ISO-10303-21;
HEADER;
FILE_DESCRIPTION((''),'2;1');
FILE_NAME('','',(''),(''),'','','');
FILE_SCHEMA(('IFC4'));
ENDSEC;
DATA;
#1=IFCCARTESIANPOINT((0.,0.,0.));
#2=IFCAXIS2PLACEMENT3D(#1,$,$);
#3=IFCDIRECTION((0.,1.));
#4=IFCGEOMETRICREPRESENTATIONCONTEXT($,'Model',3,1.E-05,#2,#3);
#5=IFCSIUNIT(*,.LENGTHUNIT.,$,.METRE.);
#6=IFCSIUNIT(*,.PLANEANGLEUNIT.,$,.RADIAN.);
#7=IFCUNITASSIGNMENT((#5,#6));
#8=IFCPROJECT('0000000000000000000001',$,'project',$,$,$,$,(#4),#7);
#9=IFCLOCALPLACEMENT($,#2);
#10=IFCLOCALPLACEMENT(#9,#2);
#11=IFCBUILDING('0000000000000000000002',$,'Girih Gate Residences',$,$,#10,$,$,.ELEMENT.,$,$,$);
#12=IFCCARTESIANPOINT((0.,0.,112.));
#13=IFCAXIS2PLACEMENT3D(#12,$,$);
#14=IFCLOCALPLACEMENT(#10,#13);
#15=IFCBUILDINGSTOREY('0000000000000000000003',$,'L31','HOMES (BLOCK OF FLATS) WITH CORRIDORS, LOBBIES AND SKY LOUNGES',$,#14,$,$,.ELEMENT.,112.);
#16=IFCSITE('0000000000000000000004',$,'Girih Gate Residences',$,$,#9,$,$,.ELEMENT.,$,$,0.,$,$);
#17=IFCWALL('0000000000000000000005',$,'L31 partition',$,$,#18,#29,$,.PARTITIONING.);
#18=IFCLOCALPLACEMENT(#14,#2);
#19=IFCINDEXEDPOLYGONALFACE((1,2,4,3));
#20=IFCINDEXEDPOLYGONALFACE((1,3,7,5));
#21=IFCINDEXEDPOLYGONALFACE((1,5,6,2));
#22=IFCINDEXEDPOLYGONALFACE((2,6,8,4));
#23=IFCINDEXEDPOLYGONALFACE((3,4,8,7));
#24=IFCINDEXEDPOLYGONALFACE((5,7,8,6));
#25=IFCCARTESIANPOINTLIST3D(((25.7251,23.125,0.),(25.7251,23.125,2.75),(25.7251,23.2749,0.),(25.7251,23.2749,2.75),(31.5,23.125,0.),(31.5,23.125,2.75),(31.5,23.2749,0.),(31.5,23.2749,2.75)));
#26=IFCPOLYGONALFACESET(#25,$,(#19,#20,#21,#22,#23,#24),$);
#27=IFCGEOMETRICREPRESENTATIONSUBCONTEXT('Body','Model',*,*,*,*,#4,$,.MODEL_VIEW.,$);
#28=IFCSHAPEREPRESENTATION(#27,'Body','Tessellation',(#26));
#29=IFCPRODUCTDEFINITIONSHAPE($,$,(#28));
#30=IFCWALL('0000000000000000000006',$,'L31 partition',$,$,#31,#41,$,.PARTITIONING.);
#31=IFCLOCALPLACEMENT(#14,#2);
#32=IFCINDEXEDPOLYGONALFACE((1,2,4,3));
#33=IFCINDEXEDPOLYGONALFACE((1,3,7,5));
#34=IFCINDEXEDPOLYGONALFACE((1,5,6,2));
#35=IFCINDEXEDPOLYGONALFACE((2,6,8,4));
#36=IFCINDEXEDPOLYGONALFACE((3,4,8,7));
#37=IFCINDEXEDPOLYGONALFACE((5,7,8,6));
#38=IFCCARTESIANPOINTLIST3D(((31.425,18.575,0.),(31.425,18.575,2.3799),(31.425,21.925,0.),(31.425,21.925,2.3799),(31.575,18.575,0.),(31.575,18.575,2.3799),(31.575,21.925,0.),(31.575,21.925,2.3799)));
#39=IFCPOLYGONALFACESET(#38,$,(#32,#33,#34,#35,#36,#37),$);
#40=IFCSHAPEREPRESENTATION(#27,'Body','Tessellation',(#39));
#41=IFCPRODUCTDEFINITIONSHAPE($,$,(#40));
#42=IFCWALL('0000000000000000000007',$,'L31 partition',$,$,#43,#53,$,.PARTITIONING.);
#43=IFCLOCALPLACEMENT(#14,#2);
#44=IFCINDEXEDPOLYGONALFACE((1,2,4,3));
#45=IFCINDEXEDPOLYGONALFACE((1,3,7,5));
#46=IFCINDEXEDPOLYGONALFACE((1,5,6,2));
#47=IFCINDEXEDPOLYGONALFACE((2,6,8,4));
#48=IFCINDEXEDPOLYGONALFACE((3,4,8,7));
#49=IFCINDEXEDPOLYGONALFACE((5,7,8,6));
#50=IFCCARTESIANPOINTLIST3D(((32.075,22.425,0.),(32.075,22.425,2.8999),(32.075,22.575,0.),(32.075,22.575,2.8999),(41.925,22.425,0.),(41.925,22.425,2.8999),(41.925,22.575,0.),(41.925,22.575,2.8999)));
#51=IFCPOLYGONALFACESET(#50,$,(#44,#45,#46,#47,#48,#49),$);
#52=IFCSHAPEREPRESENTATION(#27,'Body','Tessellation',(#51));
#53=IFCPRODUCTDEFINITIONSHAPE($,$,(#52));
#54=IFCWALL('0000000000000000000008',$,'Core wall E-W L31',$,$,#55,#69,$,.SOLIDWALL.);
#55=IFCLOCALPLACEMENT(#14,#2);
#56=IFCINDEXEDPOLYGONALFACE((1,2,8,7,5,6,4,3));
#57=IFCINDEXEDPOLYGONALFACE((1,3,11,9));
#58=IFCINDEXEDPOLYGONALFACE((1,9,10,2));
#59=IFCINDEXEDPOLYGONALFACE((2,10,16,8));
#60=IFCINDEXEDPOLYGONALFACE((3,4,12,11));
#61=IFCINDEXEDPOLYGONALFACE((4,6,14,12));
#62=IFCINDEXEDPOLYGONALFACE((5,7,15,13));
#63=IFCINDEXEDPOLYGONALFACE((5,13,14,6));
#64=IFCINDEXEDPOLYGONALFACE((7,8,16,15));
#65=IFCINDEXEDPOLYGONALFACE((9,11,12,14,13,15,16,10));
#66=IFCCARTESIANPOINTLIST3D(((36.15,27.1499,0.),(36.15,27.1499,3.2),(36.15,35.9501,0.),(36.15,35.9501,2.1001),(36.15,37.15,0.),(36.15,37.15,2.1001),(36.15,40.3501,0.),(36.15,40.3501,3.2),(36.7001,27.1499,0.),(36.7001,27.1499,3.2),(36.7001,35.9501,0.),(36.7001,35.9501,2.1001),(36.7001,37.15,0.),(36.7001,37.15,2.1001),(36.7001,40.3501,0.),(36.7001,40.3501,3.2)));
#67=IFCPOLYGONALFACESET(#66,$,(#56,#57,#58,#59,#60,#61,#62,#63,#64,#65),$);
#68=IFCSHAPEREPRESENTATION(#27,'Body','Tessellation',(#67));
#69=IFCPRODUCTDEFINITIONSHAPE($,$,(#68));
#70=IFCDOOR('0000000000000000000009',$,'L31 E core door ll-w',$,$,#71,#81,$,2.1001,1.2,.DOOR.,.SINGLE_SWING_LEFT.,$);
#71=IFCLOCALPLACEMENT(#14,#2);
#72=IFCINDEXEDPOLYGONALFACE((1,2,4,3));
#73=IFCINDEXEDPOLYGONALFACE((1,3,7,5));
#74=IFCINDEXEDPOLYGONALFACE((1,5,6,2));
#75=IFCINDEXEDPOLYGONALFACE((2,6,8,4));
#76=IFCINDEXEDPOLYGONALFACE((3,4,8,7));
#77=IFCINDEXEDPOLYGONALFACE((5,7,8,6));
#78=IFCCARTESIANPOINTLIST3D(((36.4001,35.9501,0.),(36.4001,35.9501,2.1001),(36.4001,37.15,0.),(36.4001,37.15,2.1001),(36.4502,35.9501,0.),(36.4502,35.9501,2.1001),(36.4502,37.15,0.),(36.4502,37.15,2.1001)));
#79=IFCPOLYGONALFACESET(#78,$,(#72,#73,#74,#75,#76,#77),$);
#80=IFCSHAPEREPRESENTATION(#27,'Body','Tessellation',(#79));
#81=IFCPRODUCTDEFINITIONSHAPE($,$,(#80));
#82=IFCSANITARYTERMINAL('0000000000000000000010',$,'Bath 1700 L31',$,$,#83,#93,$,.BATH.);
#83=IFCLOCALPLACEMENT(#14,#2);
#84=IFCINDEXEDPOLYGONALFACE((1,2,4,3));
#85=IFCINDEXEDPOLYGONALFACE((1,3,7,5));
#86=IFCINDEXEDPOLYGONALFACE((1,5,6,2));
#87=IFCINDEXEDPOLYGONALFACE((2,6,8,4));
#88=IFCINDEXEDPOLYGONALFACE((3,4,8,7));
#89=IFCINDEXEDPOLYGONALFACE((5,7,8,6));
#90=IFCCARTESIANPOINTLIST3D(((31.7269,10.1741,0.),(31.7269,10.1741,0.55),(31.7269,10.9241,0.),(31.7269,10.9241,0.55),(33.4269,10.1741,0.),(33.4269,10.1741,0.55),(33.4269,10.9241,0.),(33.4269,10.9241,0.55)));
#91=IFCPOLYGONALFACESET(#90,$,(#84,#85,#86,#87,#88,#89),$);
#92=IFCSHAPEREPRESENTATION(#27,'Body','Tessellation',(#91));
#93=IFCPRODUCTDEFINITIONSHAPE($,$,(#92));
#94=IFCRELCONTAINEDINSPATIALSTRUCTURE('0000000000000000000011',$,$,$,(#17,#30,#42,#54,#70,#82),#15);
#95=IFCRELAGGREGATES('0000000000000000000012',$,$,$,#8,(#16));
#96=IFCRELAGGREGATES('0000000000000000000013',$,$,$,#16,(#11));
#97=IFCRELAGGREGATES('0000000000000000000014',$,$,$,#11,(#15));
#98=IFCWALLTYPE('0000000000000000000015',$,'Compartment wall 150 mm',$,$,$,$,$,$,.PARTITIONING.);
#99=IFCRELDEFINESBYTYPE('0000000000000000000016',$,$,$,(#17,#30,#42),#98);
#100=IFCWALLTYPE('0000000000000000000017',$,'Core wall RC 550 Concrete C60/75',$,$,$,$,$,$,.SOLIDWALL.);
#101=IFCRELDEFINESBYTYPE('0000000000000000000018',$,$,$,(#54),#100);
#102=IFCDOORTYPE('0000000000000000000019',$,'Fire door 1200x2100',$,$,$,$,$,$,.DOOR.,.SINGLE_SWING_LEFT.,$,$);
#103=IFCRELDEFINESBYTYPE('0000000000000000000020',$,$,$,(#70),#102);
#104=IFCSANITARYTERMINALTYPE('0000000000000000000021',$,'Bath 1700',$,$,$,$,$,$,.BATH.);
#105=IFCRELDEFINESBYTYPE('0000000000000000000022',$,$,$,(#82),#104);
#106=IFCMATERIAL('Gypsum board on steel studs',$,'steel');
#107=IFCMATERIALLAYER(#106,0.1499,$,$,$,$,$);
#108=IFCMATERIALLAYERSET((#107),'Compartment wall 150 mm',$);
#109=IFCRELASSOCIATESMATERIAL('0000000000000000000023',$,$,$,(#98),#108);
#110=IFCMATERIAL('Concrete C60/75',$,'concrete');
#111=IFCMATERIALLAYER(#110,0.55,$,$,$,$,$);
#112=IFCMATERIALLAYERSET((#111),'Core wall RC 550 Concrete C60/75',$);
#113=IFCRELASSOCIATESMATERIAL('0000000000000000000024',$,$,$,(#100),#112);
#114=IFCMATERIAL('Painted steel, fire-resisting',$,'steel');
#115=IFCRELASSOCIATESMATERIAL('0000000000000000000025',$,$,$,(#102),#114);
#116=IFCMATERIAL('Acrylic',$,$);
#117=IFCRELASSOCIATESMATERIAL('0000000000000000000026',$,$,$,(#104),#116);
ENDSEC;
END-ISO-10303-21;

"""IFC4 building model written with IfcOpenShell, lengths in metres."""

from ifc_helpers import new_model, si_unit, direction, frame, frame_2d, origin, origin_2d, place, context, subcontext, project, spatial, rectangle, extrude, material, layer, layer_set, type_object, element, fill, save


model = new_model("IFC4")

# Units and contexts
model_context = context("Model", 3, precision=1e-05, world=origin(), true_north=direction((0.0, 1.0)))
body_context = subcontext(model_context, "Body", "Model", "MODEL_VIEW")
ifc_project = project(units=[si_unit("LENGTHUNIT", "METRE"), si_unit("PLANEANGLEUNIT", "RADIAN")], contexts=[model_context])

# Site, building, storey
site_placement = place(None, origin())
site = spatial("IfcSite", under=ifc_project, at=site_placement, Name="Girih Gate Residences", CompositionType="ELEMENT", RefElevation=0.0)
building_placement = place(site_placement, origin())
building = spatial("IfcBuilding", under=site, at=building_placement, Name="Girih Gate Residences", CompositionType="ELEMENT")
storey_placement = place(building_placement, frame((0.0, 0.0, 112.0)))
storey = spatial("IfcBuildingStorey", under=building, at=storey_placement, Name="L31", Description="HOMES (BLOCK OF FLATS) WITH CORRIDORS, LOBBIES AND SKY LOUNGES", CompositionType="ELEMENT", Elevation=112.0)

# Shared definitions
ifc_material_1 = material(Name="Concrete C60/75", Category="concrete")

# Shared definitions
ifc_material_2 = material(Name="Gypsum board on steel studs", Category="steel")
ifc_layer_1 = layer(ifc_material_2, 0.1499)
ifc_layer_set_1 = layer_set([ifc_layer_1], Name="Compartment wall 150 mm")
wall_type_1 = type_object("IfcWallType", Name="Compartment wall 150 mm", PredefinedType="PARTITIONING", material=ifc_layer_set_1)

# Walls
wall_1_placement = place(storey_placement, frame((25.7251, 23.2, 0.0), z_axis=(0.0, 0.0, 1.0), x_axis=(1.0, 0.0, 0.0)))
element("IfcWall", 1, at=wall_1_placement, inside=storey, type_object=wall_type_1, Name="L31 partition", PredefinedType="PARTITIONING", context=body_context, shape_type="SweptSolid", body=[
    extrude(rectangle(XDim=5.7749, YDim=0.1499, at=frame_2d((2.8875, 0.0))), origin(), (0.0, 0.0, 1.0), 2.75),
])
wall_2_placement = place(storey_placement, frame((31.5, 18.575, 0.0), z_axis=(0.0, 0.0, 1.0), x_axis=(0.0, 1.0, 0.0)))
element("IfcWall", 2, at=wall_2_placement, inside=storey, type_object=wall_type_1, Name="L31 partition", PredefinedType="PARTITIONING", context=body_context, shape_type="SweptSolid", body=[
    extrude(rectangle(XDim=3.3501, YDim=0.1499, at=frame_2d((1.675, 0.0))), origin(), (0.0, 0.0, 1.0), 2.3799),
])
wall_3_placement = place(storey_placement, frame((32.075, 22.5, 0.0), z_axis=(0.0, 0.0, 1.0), x_axis=(1.0, 0.0, 0.0)))
element("IfcWall", 3, at=wall_3_placement, inside=storey, type_object=wall_type_1, Name="L31 partition", PredefinedType="PARTITIONING", context=body_context, shape_type="SweptSolid", body=[
    extrude(rectangle(XDim=9.8501, YDim=0.1499, at=frame_2d((4.925, 0.0))), origin(), (0.0, 0.0, 1.0), 2.8999),
])

# Wall, opening, door
ifc_layer_2 = layer(ifc_material_1, 0.55)
ifc_layer_set_2 = layer_set([ifc_layer_2], Name="Core wall RC 550 Concrete C60/75")
wall_type_2 = type_object("IfcWallType", Name="Core wall RC 550 Concrete C60/75", PredefinedType="SOLIDWALL", material=ifc_layer_set_2)
wall_4_placement = place(storey_placement, frame((36.425, 27.1499, 0.0), z_axis=(0.0, 0.0, 1.0), x_axis=(0.0, 1.0, 0.0)))
wall_4 = element("IfcWall", 4, at=wall_4_placement, inside=storey, type_object=wall_type_2, Name="Core wall E-W L31", PredefinedType="SOLIDWALL", context=body_context, shape_type="SweptSolid", body=[
    extrude(rectangle(XDim=13.2002, YDim=0.55, at=frame_2d((6.6001, 0.0))), origin(), (0.0, 0.0, 1.0), 3.2),
])
opening_1_placement = place(wall_4_placement, frame((8.8, 0.0, 0.0)))
opening_1 = element("IfcOpeningElement", 5, at=opening_1_placement, cuts=wall_4, PredefinedType="OPENING", context=body_context, shape_type="SweptSolid", body=[
    extrude(rectangle(XDim=1.2, YDim=2.1001, at=frame_2d((0.6001, 1.05))), frame((0.0, 0.2849, 0.0), z_axis=(0.0, -1.0, 0.0), x_axis=(1.0, 0.0, 0.0)), (0.0, 0.0, 1.0), 0.5701),
])
ifc_material_3 = material(Name="Painted steel, fire-resisting", Category="steel")
door_type_1 = type_object("IfcDoorType", Name="Fire door 1200x2100", OperationType="SINGLE_SWING_LEFT", PredefinedType="DOOR", material=ifc_material_3)
door_1_placement = place(opening_1_placement, origin())
door_1 = element("IfcDoor", 6, at=door_1_placement, inside=storey, type_object=door_type_1, Name="L31 E core door ll-w", OperationType="SINGLE_SWING_LEFT", OverallHeight=2.1001, OverallWidth=1.2, PredefinedType="DOOR", context=body_context, shape_type="SweptSolid", body=[
    extrude(rectangle(XDim=1.2, YDim=2.1001, at=frame_2d((0.6001, 1.05))), frame((0.0, 0.0249, 0.0), z_axis=(0.0, -1.0, 0.0), x_axis=(1.0, 0.0, 0.0)), (0.0, 0.0, 1.0), 0.05),
])
fill(opening_1, door_1)

# Sanitary terminal
ifc_material_4 = material(Name="Acrylic")
sanitary_terminal_type = type_object("IfcSanitaryTerminalType", Name="Bath 1700", PredefinedType="BATH", material=ifc_material_4)
sanitary_terminal_placement = place(storey_placement, frame((32.5769, 10.5491, 0.0), z_axis=(0.0, 0.0, 1.0), x_axis=(1.0, 0.0, 0.0)))
element("IfcSanitaryTerminal", 7, at=sanitary_terminal_placement, inside=storey, type_object=sanitary_terminal_type, Name="Bath 1700 L31", PredefinedType="BATH", context=body_context, shape_type="SweptSolid", body=[
    extrude(rectangle(XDim=1.7, YDim=0.75, at=origin_2d()), origin(), (0.0, 0.0, 1.0), 0.55),
])

save(model, "model.ifc")
